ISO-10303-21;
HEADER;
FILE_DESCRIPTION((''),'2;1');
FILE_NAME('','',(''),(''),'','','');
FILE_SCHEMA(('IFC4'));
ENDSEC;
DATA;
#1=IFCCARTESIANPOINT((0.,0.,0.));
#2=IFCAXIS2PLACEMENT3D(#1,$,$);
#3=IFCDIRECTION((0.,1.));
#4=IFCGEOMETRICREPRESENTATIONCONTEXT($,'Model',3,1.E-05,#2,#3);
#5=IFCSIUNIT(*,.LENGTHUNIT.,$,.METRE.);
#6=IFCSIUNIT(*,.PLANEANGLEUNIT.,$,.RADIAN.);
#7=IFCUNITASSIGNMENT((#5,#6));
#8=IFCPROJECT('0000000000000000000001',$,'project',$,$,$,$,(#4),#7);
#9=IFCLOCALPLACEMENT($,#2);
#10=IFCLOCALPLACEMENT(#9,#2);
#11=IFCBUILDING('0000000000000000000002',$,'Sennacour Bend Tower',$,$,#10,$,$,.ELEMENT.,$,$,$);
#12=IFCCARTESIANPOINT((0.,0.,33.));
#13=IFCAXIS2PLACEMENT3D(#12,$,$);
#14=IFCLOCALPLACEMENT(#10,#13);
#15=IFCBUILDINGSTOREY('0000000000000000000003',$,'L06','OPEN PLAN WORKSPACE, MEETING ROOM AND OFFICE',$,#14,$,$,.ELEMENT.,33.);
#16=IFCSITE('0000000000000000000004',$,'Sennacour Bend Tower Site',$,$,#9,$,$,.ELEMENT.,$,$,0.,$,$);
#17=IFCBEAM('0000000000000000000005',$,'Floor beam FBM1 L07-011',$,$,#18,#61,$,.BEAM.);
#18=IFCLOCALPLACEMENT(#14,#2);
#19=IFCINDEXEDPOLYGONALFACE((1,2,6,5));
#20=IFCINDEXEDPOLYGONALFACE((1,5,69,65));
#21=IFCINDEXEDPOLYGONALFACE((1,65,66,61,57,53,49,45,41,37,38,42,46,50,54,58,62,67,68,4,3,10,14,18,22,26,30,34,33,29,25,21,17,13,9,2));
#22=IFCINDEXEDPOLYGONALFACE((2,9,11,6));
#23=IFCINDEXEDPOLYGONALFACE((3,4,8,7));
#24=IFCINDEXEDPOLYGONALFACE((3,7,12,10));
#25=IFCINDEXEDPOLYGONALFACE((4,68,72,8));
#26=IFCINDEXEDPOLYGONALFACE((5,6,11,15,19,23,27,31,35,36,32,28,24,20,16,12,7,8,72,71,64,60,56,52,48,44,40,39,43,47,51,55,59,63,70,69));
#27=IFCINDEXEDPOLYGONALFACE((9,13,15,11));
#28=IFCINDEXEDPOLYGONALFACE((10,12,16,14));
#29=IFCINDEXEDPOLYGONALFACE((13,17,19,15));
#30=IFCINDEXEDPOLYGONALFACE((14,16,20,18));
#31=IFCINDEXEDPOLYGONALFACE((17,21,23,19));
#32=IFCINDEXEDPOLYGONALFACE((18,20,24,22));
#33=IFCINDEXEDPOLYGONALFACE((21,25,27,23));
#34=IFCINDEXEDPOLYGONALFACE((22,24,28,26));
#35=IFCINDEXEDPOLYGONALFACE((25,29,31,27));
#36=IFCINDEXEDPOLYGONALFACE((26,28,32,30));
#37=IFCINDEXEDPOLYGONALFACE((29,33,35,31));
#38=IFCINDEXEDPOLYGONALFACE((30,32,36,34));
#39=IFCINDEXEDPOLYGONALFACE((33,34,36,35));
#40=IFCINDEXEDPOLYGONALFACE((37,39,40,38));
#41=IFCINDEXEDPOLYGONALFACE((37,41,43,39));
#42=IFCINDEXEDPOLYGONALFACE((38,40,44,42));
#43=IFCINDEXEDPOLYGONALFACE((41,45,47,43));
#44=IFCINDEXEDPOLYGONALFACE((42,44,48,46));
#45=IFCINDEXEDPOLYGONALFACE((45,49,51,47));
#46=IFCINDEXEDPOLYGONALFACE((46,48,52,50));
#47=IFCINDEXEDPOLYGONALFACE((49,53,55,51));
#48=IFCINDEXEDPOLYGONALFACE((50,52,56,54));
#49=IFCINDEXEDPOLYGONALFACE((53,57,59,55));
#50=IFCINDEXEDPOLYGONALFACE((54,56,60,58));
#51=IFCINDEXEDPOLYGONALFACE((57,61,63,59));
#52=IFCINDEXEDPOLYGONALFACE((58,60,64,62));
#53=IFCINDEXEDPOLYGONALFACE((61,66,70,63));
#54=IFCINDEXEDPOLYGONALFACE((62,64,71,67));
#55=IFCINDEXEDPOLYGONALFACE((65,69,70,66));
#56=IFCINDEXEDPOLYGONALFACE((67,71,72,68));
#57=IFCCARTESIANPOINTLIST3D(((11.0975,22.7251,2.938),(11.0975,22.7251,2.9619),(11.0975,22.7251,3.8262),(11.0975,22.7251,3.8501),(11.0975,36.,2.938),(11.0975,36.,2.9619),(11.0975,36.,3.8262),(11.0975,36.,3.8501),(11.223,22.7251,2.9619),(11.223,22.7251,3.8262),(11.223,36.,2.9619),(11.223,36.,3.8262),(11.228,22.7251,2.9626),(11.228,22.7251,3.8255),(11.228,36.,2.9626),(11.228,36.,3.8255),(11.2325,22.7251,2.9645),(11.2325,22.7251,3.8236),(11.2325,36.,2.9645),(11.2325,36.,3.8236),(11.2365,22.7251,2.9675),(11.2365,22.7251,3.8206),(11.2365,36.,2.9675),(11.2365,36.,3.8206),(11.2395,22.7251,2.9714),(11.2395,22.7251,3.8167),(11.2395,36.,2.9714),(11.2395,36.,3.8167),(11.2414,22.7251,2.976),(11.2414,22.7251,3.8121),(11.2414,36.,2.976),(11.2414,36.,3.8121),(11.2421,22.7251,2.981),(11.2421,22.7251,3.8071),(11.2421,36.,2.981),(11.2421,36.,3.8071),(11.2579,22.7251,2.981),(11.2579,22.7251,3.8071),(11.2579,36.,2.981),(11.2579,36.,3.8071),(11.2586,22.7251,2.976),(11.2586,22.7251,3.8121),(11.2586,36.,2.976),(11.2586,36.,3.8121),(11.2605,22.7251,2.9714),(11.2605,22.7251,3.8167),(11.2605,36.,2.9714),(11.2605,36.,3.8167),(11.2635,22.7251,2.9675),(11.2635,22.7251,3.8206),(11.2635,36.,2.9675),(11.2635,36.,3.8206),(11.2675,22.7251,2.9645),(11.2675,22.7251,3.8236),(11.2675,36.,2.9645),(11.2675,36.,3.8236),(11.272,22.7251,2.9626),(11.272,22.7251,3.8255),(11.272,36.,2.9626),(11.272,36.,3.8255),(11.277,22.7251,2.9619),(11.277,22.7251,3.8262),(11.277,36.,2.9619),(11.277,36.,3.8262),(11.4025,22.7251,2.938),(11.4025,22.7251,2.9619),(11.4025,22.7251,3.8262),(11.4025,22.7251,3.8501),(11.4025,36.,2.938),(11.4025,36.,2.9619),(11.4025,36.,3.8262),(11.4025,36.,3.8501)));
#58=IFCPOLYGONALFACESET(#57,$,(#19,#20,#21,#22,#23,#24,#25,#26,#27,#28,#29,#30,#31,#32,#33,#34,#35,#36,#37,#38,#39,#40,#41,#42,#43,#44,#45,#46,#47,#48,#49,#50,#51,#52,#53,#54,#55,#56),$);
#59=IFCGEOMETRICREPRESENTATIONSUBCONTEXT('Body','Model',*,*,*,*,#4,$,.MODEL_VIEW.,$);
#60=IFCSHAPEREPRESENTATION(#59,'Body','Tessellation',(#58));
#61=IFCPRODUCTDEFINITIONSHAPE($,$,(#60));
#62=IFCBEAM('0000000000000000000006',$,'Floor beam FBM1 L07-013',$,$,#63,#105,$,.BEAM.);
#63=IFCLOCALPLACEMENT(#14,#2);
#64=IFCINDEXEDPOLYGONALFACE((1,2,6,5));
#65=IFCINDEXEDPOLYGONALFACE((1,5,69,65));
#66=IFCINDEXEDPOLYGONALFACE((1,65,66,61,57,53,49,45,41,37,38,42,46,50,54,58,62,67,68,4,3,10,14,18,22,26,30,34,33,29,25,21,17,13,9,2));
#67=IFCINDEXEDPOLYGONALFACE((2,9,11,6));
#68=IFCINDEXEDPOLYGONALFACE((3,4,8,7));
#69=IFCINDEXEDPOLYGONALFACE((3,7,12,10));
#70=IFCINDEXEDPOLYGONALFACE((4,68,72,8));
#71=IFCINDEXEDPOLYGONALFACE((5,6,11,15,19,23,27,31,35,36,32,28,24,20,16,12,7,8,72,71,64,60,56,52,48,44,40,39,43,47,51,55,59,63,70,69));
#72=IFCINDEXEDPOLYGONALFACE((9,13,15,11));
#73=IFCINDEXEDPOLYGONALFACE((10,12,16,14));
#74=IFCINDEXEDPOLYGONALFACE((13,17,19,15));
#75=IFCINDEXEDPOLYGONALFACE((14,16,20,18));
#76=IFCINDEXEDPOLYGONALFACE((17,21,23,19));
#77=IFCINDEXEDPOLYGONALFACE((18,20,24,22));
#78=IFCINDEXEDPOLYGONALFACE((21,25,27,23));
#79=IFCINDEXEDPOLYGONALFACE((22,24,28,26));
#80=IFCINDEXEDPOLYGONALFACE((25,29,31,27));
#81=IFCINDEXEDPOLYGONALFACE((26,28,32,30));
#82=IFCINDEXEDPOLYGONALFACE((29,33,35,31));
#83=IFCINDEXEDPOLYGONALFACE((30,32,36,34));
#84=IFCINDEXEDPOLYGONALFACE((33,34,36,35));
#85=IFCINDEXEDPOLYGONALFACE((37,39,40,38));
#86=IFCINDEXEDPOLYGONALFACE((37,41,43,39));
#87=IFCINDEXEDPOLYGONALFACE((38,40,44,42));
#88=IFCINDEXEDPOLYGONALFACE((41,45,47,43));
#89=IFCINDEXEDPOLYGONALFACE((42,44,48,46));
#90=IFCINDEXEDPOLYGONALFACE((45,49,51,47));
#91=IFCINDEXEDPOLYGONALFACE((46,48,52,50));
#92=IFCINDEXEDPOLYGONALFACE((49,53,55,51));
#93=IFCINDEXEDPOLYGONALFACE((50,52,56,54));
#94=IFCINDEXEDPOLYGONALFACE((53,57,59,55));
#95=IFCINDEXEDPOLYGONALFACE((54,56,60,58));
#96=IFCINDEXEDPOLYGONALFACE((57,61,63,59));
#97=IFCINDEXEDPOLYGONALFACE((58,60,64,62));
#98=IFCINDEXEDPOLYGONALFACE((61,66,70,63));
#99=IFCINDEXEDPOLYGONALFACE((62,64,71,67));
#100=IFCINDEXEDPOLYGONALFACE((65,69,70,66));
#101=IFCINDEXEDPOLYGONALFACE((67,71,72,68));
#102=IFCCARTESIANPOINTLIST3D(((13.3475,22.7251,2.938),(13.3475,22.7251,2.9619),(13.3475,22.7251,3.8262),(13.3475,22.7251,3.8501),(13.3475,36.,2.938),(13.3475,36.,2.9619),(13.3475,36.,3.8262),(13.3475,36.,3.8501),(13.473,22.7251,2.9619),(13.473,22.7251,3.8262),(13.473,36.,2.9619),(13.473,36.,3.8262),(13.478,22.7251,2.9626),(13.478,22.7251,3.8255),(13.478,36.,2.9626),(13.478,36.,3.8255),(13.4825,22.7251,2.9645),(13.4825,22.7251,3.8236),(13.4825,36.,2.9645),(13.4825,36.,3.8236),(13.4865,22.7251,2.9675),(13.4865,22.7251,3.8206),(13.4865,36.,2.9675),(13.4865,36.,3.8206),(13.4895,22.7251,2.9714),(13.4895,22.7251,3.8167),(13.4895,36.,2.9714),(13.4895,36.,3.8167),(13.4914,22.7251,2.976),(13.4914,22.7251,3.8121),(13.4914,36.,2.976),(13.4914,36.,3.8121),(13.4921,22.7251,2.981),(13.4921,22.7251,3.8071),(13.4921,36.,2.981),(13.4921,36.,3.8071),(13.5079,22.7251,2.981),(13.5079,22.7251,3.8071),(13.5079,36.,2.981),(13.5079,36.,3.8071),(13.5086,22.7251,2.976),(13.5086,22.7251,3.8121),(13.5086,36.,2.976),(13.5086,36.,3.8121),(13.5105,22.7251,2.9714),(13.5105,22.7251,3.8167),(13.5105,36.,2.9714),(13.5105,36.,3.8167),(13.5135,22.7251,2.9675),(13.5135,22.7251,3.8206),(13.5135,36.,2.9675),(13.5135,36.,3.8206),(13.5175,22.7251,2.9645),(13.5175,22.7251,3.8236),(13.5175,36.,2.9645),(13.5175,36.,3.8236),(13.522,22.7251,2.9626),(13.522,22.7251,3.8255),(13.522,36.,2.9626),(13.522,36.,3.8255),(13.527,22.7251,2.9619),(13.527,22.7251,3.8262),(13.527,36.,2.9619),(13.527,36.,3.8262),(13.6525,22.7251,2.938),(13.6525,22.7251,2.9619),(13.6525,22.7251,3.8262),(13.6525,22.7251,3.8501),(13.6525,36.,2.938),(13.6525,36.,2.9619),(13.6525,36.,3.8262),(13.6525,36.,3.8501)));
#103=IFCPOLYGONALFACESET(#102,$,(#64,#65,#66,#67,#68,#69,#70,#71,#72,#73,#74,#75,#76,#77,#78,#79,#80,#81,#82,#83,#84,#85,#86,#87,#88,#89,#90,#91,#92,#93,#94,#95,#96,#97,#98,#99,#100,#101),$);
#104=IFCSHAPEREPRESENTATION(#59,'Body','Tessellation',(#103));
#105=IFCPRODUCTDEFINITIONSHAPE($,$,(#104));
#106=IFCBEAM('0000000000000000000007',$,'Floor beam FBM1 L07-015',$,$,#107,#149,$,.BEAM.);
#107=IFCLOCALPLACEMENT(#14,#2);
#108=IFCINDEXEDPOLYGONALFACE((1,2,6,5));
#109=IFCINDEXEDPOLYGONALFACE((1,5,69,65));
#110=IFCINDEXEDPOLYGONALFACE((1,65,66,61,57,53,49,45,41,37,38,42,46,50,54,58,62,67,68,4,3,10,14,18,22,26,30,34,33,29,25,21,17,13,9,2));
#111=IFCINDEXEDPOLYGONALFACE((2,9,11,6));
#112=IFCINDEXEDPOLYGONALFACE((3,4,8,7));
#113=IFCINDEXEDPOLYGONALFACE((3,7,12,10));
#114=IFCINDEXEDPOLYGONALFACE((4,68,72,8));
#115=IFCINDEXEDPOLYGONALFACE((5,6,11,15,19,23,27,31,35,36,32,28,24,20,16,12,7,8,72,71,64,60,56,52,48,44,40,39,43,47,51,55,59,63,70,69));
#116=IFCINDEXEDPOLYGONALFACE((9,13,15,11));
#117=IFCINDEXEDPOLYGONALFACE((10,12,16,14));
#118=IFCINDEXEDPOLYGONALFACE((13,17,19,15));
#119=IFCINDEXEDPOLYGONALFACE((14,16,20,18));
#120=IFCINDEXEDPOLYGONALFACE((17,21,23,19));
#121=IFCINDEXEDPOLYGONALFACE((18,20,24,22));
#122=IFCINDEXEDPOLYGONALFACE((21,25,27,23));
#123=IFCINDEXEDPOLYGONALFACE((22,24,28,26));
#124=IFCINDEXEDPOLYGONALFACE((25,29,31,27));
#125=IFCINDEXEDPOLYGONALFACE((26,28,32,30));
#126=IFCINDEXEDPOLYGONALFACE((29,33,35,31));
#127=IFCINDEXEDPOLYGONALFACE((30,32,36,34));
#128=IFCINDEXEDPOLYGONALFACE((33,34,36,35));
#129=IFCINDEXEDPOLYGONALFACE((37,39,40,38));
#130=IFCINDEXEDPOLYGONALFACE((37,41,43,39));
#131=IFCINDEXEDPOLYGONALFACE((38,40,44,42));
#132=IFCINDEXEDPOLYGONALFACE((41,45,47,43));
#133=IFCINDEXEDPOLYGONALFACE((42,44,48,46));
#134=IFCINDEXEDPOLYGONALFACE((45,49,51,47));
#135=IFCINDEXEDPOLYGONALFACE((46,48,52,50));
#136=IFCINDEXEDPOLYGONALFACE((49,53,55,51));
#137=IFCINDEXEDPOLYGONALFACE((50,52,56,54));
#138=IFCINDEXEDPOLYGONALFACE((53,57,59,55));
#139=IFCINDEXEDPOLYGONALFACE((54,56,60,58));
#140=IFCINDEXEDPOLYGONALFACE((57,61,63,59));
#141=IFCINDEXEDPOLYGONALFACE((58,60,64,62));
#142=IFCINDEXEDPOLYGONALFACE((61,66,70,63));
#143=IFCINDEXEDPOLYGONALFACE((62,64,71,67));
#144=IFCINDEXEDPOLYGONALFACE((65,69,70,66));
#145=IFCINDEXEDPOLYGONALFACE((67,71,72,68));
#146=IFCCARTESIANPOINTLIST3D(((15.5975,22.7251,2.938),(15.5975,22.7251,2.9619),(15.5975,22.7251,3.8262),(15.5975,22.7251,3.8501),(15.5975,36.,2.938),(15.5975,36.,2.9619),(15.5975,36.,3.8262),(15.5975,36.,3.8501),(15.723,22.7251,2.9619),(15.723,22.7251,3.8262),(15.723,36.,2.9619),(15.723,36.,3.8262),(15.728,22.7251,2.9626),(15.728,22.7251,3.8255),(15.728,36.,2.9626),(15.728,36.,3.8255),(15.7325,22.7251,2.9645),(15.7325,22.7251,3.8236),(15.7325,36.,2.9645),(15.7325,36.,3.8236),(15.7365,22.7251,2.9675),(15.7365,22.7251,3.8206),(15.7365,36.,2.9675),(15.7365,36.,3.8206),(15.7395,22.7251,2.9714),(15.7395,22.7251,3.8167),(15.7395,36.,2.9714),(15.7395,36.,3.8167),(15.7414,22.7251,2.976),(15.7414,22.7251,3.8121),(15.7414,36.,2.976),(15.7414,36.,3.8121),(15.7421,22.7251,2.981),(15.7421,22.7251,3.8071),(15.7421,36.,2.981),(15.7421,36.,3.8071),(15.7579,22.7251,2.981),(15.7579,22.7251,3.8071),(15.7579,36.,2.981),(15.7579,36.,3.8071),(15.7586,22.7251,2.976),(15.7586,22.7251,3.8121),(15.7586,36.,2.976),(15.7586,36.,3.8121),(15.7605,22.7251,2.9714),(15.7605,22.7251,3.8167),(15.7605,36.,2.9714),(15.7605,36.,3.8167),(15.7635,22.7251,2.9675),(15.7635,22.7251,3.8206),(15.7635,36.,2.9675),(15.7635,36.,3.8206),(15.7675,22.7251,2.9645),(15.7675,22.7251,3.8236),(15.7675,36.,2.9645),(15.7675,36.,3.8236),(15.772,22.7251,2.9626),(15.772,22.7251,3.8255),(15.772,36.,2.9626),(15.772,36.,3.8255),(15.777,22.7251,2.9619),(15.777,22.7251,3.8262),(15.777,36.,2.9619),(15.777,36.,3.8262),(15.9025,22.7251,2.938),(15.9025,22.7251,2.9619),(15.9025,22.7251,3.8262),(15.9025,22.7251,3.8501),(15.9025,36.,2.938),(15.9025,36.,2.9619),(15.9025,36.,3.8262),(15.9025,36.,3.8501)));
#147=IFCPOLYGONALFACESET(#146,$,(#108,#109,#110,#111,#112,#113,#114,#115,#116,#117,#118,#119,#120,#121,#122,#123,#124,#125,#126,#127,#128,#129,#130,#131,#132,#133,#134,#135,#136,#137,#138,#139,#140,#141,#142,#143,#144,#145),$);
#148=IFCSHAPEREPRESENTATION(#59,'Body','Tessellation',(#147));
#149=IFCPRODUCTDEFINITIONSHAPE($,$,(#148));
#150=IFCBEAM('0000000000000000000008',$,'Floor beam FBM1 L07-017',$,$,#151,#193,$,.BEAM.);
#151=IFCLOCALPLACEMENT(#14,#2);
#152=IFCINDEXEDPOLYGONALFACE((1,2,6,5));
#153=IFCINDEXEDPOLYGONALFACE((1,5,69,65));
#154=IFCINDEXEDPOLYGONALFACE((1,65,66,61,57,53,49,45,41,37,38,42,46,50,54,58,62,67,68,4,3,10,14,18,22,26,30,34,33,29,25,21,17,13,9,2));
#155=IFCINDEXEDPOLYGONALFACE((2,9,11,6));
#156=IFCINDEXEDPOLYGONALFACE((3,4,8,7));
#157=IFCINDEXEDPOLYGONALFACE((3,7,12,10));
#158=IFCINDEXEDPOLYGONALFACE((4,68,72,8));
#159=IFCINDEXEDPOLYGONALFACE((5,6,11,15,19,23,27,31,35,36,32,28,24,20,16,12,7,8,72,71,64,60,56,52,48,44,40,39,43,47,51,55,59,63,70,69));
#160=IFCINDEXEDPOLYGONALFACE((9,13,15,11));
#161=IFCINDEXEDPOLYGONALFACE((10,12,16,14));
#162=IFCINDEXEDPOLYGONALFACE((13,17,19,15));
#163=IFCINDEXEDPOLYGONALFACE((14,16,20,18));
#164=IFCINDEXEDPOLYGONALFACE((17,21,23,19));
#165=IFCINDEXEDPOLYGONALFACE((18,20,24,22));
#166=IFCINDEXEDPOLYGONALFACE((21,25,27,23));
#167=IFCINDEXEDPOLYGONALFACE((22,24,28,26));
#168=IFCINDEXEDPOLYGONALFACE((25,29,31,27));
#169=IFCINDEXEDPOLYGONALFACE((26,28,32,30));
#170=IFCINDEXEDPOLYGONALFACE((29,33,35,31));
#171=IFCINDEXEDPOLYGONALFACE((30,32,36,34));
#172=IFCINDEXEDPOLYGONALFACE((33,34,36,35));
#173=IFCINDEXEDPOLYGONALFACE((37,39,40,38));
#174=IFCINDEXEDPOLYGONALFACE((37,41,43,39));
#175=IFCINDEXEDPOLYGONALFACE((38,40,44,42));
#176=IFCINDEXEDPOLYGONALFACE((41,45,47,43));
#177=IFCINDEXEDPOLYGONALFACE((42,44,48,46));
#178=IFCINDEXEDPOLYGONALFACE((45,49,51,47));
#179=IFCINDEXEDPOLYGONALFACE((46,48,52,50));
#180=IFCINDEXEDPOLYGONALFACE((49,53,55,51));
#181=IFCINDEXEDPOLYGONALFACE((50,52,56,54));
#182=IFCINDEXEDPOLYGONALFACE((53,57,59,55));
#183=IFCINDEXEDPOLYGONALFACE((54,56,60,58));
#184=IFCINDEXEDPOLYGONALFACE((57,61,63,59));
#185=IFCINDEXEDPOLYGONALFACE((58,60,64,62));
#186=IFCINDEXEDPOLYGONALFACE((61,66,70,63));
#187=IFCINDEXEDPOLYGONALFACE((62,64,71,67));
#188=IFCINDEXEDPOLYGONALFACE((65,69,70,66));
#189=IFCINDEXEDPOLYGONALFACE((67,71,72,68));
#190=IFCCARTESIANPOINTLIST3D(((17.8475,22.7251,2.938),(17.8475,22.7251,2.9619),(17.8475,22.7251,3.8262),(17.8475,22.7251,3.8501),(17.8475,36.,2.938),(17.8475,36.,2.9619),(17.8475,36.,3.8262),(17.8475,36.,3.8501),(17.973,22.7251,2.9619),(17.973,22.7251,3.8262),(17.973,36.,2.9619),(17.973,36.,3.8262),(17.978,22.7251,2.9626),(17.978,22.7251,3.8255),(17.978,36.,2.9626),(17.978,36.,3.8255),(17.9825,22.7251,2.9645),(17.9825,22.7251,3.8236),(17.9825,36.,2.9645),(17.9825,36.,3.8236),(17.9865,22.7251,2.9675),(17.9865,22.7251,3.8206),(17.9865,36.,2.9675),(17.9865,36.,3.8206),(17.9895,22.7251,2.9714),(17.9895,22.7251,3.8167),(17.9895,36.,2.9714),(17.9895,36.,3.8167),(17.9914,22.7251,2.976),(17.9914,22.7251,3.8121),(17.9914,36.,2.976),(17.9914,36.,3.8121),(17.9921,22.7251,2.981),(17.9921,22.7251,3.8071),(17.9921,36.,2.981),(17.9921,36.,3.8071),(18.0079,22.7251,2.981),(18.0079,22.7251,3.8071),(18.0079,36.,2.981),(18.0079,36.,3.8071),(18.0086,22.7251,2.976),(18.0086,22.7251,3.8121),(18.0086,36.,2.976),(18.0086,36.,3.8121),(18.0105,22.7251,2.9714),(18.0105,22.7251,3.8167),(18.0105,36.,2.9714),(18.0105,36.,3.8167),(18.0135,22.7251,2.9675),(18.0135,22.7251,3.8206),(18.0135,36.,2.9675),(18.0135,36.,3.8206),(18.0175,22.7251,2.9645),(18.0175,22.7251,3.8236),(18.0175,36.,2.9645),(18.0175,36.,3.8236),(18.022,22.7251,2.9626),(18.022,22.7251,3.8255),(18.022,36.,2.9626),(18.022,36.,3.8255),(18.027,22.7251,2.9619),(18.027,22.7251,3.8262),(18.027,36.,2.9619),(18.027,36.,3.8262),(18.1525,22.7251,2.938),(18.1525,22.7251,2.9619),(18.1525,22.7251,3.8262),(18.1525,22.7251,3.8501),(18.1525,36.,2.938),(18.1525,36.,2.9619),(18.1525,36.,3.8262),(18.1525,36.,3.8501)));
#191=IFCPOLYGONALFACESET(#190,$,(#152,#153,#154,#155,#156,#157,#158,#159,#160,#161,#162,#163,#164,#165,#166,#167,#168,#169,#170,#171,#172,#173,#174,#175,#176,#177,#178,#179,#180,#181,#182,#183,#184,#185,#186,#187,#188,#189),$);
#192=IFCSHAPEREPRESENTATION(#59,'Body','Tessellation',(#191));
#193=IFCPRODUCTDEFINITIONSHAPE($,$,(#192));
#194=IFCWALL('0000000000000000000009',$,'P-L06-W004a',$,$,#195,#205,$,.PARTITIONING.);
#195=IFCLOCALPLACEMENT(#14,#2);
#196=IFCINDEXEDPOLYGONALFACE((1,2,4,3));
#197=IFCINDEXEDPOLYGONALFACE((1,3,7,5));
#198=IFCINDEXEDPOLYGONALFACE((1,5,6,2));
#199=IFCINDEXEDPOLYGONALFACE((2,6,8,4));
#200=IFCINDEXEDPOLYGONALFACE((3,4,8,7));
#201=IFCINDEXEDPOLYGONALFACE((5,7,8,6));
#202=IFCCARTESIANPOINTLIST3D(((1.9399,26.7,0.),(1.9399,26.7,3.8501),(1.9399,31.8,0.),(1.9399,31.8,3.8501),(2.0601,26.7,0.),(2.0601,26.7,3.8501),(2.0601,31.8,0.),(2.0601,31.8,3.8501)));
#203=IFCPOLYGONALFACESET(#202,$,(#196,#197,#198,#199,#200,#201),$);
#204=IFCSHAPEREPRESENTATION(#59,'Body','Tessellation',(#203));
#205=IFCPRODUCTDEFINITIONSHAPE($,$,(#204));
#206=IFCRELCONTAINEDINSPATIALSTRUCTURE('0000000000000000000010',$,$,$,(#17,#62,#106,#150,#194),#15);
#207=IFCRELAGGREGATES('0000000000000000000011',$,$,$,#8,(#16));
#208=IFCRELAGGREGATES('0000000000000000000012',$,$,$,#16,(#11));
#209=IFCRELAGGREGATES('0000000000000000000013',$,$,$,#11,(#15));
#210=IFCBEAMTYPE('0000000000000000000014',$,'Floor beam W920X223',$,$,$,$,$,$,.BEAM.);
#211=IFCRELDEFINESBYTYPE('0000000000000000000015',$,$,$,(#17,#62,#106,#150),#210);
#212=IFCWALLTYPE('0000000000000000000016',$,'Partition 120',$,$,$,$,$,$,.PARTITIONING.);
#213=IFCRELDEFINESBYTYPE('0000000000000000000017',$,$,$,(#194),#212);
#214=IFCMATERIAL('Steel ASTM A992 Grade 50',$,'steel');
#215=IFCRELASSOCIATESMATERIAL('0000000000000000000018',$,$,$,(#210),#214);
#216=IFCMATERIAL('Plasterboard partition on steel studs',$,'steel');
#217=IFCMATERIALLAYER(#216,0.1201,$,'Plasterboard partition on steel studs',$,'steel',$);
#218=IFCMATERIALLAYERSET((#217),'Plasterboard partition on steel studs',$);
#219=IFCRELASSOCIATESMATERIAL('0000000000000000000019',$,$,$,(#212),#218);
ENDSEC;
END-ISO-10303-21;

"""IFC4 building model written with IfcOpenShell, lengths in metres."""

from ifc_helpers import new_model, si_unit, direction, frame, frame_2d, origin, origin_2d, place, context, subcontext, project, spatial, rectangle, i_section, extrude, material, layer, layer_set, material_profile, profile_set, type_object, element, save


model = new_model("IFC4")

# Units and contexts
model_context = context("Model", 3, precision=1e-05, world=origin(), true_north=direction((0.0, 1.0)))
body_context = subcontext(model_context, "Body", "Model", "MODEL_VIEW")
ifc_project = project(units=[si_unit("LENGTHUNIT", "METRE"), si_unit("PLANEANGLEUNIT", "RADIAN")], contexts=[model_context])

# Site, building, storey
site_placement = place(None, origin())
site = spatial("IfcSite", under=ifc_project, at=site_placement, Name="Sennacour Bend Tower Site", CompositionType="ELEMENT", RefElevation=0.0)
building_placement = place(site_placement, origin())
building = spatial("IfcBuilding", under=site, at=building_placement, Name="Sennacour Bend Tower", CompositionType="ELEMENT")
storey_placement = place(building_placement, frame((0.0, 0.0, 33.0)))
storey = spatial("IfcBuildingStorey", under=building, at=storey_placement, Name="L06", Description="OPEN PLAN WORKSPACE, MEETING ROOM AND OFFICE", CompositionType="ELEMENT", Elevation=33.0)

# Beams
ifc_material_1 = material(Name="Steel ASTM A992 Grade 50", Category="steel")
ifc_material_profile = material_profile(ifc_material_1, i_section(OverallWidth=0.3049, OverallDepth=0.9121, WebThickness=0.0159, FlangeThickness=0.0239, FilletRadius=0.019, at=origin_2d()), Name="Steel ASTM A992 Grade 50", Category="steel")
ifc_profile_set = profile_set([ifc_material_profile], Name="Steel ASTM A992 Grade 50")
beam_type = type_object("IfcBeamType", Name="Floor beam W920X223", PredefinedType="BEAM", material=ifc_profile_set)
for number, where, z_axis, x_axis, name in (
    (1, (11.25, 22.7251, 3.394), (0.0, 1.0, 0.0), (-1.0, 0.0, 0.0), "Floor beam FBM1 L07-011"),
    (2, (13.5, 22.7251, 3.394), (0.0, 1.0, 0.0), (-1.0, 0.0, 0.0), "Floor beam FBM1 L07-013"),
    (3, (15.75, 22.7251, 3.394), (0.0, 1.0, 0.0), (-1.0, 0.0, 0.0), "Floor beam FBM1 L07-015"),
    (4, (18.0, 22.7251, 3.394), (0.0, 1.0, 0.0), (-1.0, 0.0, 0.0), "Floor beam FBM1 L07-017"),
):
    element("IfcBeam", number, at=place(storey_placement, frame(where, z_axis=z_axis, x_axis=x_axis)), inside=storey, type_object=beam_type, Name=name, PredefinedType="BEAM", context=body_context, shape_type="SweptSolid", body=[
        extrude(i_section(OverallWidth=0.3049, OverallDepth=0.9121, WebThickness=0.0159, FlangeThickness=0.0239, FilletRadius=0.019, at=origin_2d()), origin(), (0.0, 0.0, 1.0), 13.2749),
    ])

# Wall
ifc_material_2 = material(Name="Plasterboard partition on steel studs", Category="steel")
ifc_layer_1 = layer(ifc_material_2, 0.1201, Name="Plasterboard partition on steel studs", Category="steel")
ifc_layer_set_1 = layer_set([ifc_layer_1], Name="Plasterboard partition on steel studs")
wall_type_1 = type_object("IfcWallType", Name="Partition 120", PredefinedType="PARTITIONING", material=ifc_layer_set_1)
for number, where, z_axis, x_axis, name in (
    (5, (2.0, 26.7, 0.0), (0.0, 0.0, 1.0), (0.0, 1.0, 0.0), "P-L06-W004a"),
):
    element("IfcWall", number, at=place(storey_placement, frame(where, z_axis=z_axis, x_axis=x_axis)), inside=storey, type_object=wall_type_1, Name=name, PredefinedType="PARTITIONING", context=body_context, shape_type="SweptSolid", body=[
        extrude(rectangle(XDim=5.1001, YDim=0.1201, at=frame_2d((2.55, 0.0))), origin(), (0.0, 0.0, 1.0), 3.8501),
    ])

save(model, "model.ifc")
